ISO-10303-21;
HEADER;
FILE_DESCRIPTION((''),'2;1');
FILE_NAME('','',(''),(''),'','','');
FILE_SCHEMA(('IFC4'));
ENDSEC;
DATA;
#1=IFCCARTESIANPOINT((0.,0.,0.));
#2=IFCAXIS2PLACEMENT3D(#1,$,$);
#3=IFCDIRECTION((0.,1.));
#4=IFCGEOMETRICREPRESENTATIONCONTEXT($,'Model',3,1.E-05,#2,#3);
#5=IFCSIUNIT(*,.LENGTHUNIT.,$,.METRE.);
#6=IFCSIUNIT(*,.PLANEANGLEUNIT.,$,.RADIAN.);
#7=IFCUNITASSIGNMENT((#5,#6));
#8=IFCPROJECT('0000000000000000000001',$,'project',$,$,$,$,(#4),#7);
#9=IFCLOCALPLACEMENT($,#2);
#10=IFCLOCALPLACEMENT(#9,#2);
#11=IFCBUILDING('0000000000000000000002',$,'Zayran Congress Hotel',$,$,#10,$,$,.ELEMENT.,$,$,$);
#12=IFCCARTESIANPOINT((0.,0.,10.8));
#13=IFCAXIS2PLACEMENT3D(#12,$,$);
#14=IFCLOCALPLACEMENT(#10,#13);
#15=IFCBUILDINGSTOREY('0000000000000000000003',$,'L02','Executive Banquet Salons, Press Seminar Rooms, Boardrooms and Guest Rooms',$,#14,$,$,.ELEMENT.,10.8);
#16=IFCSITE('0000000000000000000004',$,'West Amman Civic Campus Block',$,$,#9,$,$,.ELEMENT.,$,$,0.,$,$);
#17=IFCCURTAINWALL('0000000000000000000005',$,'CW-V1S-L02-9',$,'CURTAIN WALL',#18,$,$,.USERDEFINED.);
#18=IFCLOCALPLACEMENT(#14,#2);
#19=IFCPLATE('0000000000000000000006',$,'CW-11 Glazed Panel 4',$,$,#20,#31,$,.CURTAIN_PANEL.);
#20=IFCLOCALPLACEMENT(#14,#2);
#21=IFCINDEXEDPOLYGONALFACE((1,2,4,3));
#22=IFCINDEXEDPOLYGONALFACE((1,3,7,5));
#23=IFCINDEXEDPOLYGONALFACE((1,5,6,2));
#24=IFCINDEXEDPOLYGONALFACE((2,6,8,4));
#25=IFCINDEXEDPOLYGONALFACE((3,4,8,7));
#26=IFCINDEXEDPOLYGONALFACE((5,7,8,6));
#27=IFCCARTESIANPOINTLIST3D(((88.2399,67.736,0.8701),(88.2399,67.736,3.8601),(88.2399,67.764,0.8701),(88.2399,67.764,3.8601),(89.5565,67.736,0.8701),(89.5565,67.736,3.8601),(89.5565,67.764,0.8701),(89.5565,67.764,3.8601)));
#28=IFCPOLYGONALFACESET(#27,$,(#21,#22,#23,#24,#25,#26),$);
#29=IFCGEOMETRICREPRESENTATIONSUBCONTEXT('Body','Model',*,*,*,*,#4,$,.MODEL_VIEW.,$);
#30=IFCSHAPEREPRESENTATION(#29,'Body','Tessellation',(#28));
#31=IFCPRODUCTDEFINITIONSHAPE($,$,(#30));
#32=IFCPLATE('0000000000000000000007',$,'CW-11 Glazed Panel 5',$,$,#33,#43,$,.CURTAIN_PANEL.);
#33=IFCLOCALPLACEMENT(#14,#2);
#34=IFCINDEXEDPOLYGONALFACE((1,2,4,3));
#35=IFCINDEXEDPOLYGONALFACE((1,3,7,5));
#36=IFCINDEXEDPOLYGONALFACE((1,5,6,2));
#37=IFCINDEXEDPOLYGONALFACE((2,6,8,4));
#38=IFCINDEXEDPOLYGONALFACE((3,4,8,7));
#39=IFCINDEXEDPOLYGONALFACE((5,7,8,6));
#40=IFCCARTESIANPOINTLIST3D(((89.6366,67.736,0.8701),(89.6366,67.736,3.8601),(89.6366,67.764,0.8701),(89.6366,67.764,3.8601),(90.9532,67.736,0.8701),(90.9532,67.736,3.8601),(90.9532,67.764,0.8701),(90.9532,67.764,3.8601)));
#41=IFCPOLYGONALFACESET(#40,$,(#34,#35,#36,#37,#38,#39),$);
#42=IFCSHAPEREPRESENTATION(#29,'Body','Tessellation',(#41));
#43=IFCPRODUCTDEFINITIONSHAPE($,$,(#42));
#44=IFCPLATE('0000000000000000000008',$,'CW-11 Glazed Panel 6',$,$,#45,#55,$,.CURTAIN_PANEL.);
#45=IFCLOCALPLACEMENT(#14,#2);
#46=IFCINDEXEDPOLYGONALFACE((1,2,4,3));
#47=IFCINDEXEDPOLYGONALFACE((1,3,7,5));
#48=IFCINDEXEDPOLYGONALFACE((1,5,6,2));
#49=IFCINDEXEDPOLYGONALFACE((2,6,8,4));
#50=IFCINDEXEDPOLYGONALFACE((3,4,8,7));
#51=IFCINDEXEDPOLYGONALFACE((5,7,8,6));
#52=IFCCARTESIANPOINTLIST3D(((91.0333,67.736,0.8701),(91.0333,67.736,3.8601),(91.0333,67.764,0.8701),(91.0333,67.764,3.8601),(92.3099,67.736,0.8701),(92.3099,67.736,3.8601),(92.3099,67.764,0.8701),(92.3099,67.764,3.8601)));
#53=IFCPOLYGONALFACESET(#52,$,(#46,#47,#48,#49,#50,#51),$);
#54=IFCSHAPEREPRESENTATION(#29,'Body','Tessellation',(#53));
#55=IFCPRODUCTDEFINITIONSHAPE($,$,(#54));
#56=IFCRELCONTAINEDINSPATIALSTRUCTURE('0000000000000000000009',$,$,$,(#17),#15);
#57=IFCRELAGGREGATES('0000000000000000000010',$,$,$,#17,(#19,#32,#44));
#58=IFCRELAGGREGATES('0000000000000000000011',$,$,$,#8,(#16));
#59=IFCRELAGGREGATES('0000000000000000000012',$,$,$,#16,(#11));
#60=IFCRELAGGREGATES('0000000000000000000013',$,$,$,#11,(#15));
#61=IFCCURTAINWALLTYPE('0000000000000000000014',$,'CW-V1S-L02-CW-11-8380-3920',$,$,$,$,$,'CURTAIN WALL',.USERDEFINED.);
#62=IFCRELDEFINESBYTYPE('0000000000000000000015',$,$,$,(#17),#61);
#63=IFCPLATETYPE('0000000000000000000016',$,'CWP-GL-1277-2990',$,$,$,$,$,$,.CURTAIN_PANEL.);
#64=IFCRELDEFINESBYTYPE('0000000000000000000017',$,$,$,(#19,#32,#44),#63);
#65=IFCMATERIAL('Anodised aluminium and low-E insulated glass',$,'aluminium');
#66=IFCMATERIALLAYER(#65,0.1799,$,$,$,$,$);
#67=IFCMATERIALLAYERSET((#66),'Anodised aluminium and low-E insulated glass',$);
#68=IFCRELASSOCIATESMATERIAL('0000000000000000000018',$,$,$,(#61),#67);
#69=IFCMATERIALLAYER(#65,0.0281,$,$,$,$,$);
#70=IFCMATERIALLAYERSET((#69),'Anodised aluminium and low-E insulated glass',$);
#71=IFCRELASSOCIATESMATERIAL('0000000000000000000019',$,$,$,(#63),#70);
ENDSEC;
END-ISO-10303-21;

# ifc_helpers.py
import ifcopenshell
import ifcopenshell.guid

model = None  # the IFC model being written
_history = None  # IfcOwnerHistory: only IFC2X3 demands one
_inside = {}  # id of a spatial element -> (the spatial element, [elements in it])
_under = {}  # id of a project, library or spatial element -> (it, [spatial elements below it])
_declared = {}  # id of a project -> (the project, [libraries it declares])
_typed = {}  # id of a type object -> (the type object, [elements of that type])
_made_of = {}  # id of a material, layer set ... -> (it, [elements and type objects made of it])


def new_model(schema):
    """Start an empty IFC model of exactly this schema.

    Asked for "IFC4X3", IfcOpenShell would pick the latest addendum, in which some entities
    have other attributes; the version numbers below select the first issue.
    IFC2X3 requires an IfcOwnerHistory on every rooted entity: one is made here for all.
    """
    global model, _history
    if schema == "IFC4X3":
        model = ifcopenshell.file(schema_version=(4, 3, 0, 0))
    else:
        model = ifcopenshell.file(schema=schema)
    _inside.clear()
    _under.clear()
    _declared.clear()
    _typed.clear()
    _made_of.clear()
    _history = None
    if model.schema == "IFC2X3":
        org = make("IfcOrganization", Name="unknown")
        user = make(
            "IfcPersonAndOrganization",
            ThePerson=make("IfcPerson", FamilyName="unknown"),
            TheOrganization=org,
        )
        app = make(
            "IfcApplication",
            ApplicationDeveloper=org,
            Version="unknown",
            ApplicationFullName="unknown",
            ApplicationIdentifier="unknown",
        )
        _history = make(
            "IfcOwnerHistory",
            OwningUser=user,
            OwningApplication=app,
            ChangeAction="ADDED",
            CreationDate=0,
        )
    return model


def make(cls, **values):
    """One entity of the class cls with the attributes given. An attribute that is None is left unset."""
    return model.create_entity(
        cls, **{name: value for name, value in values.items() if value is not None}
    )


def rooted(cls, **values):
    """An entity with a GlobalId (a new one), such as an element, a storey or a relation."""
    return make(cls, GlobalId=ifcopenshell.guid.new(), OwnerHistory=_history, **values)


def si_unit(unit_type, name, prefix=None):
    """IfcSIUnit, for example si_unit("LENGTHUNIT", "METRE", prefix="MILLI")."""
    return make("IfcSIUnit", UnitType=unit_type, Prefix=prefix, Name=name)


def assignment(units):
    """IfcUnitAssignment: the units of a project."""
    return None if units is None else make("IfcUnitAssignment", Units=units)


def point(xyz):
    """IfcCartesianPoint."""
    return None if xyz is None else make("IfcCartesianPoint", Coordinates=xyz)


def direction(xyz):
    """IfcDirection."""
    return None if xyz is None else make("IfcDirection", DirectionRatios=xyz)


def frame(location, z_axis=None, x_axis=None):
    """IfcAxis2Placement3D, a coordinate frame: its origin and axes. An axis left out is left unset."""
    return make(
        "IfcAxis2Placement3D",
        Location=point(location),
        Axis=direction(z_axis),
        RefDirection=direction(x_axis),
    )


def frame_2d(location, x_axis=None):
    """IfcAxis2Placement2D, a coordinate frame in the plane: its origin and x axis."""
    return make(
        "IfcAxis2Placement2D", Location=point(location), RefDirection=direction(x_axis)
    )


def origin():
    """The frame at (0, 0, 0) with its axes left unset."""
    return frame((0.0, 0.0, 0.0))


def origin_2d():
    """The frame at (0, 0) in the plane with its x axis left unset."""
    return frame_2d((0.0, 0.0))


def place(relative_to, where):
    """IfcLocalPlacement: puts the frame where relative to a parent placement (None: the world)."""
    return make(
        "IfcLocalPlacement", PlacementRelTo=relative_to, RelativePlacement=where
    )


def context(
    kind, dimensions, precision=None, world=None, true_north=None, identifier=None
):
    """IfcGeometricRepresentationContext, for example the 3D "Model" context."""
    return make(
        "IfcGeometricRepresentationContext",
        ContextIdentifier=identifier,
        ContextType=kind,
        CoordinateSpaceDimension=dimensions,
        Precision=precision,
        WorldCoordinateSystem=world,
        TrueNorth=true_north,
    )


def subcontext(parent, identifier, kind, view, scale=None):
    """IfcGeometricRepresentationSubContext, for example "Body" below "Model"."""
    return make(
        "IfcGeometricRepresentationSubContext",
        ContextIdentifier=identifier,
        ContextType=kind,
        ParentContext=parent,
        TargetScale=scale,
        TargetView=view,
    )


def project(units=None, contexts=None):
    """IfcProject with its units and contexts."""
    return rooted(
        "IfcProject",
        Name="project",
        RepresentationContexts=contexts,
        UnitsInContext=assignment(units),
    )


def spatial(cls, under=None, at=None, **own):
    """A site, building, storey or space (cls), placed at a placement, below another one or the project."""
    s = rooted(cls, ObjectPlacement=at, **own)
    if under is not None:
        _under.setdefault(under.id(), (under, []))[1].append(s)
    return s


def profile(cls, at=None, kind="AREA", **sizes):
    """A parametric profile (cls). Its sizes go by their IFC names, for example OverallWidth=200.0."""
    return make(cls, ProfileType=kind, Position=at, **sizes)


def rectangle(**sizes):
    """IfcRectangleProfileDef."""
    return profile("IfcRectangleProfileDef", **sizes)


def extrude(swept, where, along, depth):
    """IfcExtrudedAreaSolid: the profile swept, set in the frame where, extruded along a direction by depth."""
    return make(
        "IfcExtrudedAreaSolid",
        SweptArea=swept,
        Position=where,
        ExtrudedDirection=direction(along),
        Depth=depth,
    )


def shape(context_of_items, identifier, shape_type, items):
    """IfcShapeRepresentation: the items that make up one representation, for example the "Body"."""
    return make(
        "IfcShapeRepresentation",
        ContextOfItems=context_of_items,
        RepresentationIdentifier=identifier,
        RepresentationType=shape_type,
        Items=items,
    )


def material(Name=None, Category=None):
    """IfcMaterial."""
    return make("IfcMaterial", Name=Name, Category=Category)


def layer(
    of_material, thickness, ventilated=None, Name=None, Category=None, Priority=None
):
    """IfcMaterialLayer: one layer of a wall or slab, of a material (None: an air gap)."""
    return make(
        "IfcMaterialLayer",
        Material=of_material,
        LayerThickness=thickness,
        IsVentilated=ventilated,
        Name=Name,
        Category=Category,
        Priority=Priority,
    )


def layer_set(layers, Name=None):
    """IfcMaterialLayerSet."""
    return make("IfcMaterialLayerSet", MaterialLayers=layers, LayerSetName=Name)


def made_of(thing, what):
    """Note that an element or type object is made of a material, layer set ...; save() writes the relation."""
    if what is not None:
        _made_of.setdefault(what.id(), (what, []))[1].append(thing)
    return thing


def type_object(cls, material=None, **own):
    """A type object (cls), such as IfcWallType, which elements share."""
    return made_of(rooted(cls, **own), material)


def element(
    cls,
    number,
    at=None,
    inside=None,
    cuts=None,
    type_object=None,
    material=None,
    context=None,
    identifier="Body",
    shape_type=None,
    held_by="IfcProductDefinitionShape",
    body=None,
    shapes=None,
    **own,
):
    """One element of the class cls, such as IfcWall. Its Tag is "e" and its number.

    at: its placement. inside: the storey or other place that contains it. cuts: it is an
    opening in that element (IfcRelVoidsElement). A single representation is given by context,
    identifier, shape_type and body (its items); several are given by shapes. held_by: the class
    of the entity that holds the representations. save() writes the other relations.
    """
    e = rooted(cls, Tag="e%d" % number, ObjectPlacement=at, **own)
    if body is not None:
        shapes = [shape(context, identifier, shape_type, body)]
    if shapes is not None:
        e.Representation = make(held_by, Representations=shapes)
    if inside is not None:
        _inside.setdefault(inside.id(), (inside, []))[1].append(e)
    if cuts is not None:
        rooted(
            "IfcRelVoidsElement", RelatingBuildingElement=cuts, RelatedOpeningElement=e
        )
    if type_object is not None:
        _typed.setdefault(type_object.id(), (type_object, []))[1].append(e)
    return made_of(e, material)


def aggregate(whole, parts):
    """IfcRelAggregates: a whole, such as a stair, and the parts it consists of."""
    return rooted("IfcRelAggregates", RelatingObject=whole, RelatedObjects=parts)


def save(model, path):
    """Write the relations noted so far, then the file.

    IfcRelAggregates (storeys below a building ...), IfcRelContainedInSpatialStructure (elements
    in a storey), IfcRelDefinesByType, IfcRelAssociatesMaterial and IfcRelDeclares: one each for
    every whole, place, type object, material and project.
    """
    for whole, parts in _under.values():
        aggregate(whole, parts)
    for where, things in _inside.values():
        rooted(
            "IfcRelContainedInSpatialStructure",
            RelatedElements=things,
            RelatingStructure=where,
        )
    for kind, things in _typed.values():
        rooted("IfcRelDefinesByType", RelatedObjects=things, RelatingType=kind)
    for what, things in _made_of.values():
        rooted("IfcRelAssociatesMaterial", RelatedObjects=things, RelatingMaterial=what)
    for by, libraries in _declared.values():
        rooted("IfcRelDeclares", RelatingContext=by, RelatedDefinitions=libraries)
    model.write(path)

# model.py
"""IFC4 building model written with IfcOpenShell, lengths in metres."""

from ifc_helpers import new_model, si_unit, direction, frame, origin, origin_2d, place, context, subcontext, project, spatial, rectangle, extrude, material, layer, layer_set, type_object, element, aggregate, save


model = new_model("IFC4")

# Units and contexts
model_context = context("Model", 3, precision=1e-05, world=origin(), true_north=direction((0.0, 1.0)))
body_context = subcontext(model_context, "Body", "Model", "MODEL_VIEW")
ifc_project = project(units=[si_unit("LENGTHUNIT", "METRE"), si_unit("PLANEANGLEUNIT", "RADIAN")], contexts=[model_context])

# Site, building, storey
site_placement = place(None, origin())
site = spatial("IfcSite", under=ifc_project, at=site_placement, Name="West Amman Civic Campus Block", CompositionType="ELEMENT", RefElevation=0.0)
building_placement = place(site_placement, origin())
building = spatial("IfcBuilding", under=site, at=building_placement, Name="Zayran Congress Hotel", CompositionType="ELEMENT")
storey_placement = place(building_placement, frame((0.0, 0.0, 10.8)))
storey = spatial("IfcBuildingStorey", under=building, at=storey_placement, Name="L02", Description="Executive Banquet Salons, Press Seminar Rooms, Boardrooms and Guest Rooms", CompositionType="ELEMENT", Elevation=10.8)

# Curtain wall
ifc_material_1 = material(Name="Anodised aluminium and low-E insulated glass", Category="aluminium")
ifc_layer_1 = layer(ifc_material_1, 0.1799)
ifc_layer_set_1 = layer_set([ifc_layer_1], Name="Anodised aluminium and low-E insulated glass")
curtain_wall_type_1 = type_object("IfcCurtainWallType", Name="CW-V1S-L02-CW-11-8380-3920", ElementType="CURTAIN WALL", PredefinedType="USERDEFINED", material=ifc_layer_set_1)
curtain_wall_1_placement = place(storey_placement, origin())
curtain_wall_1 = element("IfcCurtainWall", 1, at=curtain_wall_1_placement, inside=storey, type_object=curtain_wall_type_1, Name="CW-V1S-L02-9", ObjectType="CURTAIN WALL", PredefinedType="USERDEFINED")

# Plates
ifc_layer_2 = layer(ifc_material_1, 0.0281)
ifc_layer_set_2 = layer_set([ifc_layer_2], Name="Anodised aluminium and low-E insulated glass")
plate_type_1 = type_object("IfcPlateType", Name="CWP-GL-1277-2990", PredefinedType="CURTAIN_PANEL", material=ifc_layer_set_2)
plate_1_placement = place(storey_placement, frame((88.8982, 67.75, 0.8701), z_axis=(0.0, 0.0, 1.0), x_axis=(1.0, 0.0, 0.0)))
plate_1 = element("IfcPlate", 2, at=plate_1_placement, type_object=plate_type_1, Name="CW-11 Glazed Panel 4", PredefinedType="CURTAIN_PANEL", context=body_context, shape_type="SweptSolid", body=[
    extrude(rectangle(XDim=1.3167, YDim=0.0281, at=origin_2d()), origin(), (0.0, 0.0, 1.0), 2.99),
])
plate_2_placement = place(storey_placement, frame((90.2949, 67.75, 0.8701), z_axis=(0.0, 0.0, 1.0), x_axis=(1.0, 0.0, 0.0)))
plate_2 = element("IfcPlate", 3, at=plate_2_placement, type_object=plate_type_1, Name="CW-11 Glazed Panel 5", PredefinedType="CURTAIN_PANEL", context=body_context, shape_type="SweptSolid", body=[
    extrude(rectangle(XDim=1.3167, YDim=0.0281, at=origin_2d()), origin(), (0.0, 0.0, 1.0), 2.99),
])
plate_3_placement = place(storey_placement, frame((91.6716, 67.75, 0.8701), z_axis=(0.0, 0.0, 1.0), x_axis=(1.0, 0.0, 0.0)))
plate_3 = element("IfcPlate", 4, at=plate_3_placement, type_object=plate_type_1, Name="CW-11 Glazed Panel 6", PredefinedType="CURTAIN_PANEL", context=body_context, shape_type="SweptSolid", body=[
    extrude(rectangle(XDim=1.2766, YDim=0.0281, at=origin_2d()), origin(), (0.0, 0.0, 1.0), 2.99),
])
aggregate(curtain_wall_1, [plate_1, plate_2, plate_3])

save(model, "model.ifc")
